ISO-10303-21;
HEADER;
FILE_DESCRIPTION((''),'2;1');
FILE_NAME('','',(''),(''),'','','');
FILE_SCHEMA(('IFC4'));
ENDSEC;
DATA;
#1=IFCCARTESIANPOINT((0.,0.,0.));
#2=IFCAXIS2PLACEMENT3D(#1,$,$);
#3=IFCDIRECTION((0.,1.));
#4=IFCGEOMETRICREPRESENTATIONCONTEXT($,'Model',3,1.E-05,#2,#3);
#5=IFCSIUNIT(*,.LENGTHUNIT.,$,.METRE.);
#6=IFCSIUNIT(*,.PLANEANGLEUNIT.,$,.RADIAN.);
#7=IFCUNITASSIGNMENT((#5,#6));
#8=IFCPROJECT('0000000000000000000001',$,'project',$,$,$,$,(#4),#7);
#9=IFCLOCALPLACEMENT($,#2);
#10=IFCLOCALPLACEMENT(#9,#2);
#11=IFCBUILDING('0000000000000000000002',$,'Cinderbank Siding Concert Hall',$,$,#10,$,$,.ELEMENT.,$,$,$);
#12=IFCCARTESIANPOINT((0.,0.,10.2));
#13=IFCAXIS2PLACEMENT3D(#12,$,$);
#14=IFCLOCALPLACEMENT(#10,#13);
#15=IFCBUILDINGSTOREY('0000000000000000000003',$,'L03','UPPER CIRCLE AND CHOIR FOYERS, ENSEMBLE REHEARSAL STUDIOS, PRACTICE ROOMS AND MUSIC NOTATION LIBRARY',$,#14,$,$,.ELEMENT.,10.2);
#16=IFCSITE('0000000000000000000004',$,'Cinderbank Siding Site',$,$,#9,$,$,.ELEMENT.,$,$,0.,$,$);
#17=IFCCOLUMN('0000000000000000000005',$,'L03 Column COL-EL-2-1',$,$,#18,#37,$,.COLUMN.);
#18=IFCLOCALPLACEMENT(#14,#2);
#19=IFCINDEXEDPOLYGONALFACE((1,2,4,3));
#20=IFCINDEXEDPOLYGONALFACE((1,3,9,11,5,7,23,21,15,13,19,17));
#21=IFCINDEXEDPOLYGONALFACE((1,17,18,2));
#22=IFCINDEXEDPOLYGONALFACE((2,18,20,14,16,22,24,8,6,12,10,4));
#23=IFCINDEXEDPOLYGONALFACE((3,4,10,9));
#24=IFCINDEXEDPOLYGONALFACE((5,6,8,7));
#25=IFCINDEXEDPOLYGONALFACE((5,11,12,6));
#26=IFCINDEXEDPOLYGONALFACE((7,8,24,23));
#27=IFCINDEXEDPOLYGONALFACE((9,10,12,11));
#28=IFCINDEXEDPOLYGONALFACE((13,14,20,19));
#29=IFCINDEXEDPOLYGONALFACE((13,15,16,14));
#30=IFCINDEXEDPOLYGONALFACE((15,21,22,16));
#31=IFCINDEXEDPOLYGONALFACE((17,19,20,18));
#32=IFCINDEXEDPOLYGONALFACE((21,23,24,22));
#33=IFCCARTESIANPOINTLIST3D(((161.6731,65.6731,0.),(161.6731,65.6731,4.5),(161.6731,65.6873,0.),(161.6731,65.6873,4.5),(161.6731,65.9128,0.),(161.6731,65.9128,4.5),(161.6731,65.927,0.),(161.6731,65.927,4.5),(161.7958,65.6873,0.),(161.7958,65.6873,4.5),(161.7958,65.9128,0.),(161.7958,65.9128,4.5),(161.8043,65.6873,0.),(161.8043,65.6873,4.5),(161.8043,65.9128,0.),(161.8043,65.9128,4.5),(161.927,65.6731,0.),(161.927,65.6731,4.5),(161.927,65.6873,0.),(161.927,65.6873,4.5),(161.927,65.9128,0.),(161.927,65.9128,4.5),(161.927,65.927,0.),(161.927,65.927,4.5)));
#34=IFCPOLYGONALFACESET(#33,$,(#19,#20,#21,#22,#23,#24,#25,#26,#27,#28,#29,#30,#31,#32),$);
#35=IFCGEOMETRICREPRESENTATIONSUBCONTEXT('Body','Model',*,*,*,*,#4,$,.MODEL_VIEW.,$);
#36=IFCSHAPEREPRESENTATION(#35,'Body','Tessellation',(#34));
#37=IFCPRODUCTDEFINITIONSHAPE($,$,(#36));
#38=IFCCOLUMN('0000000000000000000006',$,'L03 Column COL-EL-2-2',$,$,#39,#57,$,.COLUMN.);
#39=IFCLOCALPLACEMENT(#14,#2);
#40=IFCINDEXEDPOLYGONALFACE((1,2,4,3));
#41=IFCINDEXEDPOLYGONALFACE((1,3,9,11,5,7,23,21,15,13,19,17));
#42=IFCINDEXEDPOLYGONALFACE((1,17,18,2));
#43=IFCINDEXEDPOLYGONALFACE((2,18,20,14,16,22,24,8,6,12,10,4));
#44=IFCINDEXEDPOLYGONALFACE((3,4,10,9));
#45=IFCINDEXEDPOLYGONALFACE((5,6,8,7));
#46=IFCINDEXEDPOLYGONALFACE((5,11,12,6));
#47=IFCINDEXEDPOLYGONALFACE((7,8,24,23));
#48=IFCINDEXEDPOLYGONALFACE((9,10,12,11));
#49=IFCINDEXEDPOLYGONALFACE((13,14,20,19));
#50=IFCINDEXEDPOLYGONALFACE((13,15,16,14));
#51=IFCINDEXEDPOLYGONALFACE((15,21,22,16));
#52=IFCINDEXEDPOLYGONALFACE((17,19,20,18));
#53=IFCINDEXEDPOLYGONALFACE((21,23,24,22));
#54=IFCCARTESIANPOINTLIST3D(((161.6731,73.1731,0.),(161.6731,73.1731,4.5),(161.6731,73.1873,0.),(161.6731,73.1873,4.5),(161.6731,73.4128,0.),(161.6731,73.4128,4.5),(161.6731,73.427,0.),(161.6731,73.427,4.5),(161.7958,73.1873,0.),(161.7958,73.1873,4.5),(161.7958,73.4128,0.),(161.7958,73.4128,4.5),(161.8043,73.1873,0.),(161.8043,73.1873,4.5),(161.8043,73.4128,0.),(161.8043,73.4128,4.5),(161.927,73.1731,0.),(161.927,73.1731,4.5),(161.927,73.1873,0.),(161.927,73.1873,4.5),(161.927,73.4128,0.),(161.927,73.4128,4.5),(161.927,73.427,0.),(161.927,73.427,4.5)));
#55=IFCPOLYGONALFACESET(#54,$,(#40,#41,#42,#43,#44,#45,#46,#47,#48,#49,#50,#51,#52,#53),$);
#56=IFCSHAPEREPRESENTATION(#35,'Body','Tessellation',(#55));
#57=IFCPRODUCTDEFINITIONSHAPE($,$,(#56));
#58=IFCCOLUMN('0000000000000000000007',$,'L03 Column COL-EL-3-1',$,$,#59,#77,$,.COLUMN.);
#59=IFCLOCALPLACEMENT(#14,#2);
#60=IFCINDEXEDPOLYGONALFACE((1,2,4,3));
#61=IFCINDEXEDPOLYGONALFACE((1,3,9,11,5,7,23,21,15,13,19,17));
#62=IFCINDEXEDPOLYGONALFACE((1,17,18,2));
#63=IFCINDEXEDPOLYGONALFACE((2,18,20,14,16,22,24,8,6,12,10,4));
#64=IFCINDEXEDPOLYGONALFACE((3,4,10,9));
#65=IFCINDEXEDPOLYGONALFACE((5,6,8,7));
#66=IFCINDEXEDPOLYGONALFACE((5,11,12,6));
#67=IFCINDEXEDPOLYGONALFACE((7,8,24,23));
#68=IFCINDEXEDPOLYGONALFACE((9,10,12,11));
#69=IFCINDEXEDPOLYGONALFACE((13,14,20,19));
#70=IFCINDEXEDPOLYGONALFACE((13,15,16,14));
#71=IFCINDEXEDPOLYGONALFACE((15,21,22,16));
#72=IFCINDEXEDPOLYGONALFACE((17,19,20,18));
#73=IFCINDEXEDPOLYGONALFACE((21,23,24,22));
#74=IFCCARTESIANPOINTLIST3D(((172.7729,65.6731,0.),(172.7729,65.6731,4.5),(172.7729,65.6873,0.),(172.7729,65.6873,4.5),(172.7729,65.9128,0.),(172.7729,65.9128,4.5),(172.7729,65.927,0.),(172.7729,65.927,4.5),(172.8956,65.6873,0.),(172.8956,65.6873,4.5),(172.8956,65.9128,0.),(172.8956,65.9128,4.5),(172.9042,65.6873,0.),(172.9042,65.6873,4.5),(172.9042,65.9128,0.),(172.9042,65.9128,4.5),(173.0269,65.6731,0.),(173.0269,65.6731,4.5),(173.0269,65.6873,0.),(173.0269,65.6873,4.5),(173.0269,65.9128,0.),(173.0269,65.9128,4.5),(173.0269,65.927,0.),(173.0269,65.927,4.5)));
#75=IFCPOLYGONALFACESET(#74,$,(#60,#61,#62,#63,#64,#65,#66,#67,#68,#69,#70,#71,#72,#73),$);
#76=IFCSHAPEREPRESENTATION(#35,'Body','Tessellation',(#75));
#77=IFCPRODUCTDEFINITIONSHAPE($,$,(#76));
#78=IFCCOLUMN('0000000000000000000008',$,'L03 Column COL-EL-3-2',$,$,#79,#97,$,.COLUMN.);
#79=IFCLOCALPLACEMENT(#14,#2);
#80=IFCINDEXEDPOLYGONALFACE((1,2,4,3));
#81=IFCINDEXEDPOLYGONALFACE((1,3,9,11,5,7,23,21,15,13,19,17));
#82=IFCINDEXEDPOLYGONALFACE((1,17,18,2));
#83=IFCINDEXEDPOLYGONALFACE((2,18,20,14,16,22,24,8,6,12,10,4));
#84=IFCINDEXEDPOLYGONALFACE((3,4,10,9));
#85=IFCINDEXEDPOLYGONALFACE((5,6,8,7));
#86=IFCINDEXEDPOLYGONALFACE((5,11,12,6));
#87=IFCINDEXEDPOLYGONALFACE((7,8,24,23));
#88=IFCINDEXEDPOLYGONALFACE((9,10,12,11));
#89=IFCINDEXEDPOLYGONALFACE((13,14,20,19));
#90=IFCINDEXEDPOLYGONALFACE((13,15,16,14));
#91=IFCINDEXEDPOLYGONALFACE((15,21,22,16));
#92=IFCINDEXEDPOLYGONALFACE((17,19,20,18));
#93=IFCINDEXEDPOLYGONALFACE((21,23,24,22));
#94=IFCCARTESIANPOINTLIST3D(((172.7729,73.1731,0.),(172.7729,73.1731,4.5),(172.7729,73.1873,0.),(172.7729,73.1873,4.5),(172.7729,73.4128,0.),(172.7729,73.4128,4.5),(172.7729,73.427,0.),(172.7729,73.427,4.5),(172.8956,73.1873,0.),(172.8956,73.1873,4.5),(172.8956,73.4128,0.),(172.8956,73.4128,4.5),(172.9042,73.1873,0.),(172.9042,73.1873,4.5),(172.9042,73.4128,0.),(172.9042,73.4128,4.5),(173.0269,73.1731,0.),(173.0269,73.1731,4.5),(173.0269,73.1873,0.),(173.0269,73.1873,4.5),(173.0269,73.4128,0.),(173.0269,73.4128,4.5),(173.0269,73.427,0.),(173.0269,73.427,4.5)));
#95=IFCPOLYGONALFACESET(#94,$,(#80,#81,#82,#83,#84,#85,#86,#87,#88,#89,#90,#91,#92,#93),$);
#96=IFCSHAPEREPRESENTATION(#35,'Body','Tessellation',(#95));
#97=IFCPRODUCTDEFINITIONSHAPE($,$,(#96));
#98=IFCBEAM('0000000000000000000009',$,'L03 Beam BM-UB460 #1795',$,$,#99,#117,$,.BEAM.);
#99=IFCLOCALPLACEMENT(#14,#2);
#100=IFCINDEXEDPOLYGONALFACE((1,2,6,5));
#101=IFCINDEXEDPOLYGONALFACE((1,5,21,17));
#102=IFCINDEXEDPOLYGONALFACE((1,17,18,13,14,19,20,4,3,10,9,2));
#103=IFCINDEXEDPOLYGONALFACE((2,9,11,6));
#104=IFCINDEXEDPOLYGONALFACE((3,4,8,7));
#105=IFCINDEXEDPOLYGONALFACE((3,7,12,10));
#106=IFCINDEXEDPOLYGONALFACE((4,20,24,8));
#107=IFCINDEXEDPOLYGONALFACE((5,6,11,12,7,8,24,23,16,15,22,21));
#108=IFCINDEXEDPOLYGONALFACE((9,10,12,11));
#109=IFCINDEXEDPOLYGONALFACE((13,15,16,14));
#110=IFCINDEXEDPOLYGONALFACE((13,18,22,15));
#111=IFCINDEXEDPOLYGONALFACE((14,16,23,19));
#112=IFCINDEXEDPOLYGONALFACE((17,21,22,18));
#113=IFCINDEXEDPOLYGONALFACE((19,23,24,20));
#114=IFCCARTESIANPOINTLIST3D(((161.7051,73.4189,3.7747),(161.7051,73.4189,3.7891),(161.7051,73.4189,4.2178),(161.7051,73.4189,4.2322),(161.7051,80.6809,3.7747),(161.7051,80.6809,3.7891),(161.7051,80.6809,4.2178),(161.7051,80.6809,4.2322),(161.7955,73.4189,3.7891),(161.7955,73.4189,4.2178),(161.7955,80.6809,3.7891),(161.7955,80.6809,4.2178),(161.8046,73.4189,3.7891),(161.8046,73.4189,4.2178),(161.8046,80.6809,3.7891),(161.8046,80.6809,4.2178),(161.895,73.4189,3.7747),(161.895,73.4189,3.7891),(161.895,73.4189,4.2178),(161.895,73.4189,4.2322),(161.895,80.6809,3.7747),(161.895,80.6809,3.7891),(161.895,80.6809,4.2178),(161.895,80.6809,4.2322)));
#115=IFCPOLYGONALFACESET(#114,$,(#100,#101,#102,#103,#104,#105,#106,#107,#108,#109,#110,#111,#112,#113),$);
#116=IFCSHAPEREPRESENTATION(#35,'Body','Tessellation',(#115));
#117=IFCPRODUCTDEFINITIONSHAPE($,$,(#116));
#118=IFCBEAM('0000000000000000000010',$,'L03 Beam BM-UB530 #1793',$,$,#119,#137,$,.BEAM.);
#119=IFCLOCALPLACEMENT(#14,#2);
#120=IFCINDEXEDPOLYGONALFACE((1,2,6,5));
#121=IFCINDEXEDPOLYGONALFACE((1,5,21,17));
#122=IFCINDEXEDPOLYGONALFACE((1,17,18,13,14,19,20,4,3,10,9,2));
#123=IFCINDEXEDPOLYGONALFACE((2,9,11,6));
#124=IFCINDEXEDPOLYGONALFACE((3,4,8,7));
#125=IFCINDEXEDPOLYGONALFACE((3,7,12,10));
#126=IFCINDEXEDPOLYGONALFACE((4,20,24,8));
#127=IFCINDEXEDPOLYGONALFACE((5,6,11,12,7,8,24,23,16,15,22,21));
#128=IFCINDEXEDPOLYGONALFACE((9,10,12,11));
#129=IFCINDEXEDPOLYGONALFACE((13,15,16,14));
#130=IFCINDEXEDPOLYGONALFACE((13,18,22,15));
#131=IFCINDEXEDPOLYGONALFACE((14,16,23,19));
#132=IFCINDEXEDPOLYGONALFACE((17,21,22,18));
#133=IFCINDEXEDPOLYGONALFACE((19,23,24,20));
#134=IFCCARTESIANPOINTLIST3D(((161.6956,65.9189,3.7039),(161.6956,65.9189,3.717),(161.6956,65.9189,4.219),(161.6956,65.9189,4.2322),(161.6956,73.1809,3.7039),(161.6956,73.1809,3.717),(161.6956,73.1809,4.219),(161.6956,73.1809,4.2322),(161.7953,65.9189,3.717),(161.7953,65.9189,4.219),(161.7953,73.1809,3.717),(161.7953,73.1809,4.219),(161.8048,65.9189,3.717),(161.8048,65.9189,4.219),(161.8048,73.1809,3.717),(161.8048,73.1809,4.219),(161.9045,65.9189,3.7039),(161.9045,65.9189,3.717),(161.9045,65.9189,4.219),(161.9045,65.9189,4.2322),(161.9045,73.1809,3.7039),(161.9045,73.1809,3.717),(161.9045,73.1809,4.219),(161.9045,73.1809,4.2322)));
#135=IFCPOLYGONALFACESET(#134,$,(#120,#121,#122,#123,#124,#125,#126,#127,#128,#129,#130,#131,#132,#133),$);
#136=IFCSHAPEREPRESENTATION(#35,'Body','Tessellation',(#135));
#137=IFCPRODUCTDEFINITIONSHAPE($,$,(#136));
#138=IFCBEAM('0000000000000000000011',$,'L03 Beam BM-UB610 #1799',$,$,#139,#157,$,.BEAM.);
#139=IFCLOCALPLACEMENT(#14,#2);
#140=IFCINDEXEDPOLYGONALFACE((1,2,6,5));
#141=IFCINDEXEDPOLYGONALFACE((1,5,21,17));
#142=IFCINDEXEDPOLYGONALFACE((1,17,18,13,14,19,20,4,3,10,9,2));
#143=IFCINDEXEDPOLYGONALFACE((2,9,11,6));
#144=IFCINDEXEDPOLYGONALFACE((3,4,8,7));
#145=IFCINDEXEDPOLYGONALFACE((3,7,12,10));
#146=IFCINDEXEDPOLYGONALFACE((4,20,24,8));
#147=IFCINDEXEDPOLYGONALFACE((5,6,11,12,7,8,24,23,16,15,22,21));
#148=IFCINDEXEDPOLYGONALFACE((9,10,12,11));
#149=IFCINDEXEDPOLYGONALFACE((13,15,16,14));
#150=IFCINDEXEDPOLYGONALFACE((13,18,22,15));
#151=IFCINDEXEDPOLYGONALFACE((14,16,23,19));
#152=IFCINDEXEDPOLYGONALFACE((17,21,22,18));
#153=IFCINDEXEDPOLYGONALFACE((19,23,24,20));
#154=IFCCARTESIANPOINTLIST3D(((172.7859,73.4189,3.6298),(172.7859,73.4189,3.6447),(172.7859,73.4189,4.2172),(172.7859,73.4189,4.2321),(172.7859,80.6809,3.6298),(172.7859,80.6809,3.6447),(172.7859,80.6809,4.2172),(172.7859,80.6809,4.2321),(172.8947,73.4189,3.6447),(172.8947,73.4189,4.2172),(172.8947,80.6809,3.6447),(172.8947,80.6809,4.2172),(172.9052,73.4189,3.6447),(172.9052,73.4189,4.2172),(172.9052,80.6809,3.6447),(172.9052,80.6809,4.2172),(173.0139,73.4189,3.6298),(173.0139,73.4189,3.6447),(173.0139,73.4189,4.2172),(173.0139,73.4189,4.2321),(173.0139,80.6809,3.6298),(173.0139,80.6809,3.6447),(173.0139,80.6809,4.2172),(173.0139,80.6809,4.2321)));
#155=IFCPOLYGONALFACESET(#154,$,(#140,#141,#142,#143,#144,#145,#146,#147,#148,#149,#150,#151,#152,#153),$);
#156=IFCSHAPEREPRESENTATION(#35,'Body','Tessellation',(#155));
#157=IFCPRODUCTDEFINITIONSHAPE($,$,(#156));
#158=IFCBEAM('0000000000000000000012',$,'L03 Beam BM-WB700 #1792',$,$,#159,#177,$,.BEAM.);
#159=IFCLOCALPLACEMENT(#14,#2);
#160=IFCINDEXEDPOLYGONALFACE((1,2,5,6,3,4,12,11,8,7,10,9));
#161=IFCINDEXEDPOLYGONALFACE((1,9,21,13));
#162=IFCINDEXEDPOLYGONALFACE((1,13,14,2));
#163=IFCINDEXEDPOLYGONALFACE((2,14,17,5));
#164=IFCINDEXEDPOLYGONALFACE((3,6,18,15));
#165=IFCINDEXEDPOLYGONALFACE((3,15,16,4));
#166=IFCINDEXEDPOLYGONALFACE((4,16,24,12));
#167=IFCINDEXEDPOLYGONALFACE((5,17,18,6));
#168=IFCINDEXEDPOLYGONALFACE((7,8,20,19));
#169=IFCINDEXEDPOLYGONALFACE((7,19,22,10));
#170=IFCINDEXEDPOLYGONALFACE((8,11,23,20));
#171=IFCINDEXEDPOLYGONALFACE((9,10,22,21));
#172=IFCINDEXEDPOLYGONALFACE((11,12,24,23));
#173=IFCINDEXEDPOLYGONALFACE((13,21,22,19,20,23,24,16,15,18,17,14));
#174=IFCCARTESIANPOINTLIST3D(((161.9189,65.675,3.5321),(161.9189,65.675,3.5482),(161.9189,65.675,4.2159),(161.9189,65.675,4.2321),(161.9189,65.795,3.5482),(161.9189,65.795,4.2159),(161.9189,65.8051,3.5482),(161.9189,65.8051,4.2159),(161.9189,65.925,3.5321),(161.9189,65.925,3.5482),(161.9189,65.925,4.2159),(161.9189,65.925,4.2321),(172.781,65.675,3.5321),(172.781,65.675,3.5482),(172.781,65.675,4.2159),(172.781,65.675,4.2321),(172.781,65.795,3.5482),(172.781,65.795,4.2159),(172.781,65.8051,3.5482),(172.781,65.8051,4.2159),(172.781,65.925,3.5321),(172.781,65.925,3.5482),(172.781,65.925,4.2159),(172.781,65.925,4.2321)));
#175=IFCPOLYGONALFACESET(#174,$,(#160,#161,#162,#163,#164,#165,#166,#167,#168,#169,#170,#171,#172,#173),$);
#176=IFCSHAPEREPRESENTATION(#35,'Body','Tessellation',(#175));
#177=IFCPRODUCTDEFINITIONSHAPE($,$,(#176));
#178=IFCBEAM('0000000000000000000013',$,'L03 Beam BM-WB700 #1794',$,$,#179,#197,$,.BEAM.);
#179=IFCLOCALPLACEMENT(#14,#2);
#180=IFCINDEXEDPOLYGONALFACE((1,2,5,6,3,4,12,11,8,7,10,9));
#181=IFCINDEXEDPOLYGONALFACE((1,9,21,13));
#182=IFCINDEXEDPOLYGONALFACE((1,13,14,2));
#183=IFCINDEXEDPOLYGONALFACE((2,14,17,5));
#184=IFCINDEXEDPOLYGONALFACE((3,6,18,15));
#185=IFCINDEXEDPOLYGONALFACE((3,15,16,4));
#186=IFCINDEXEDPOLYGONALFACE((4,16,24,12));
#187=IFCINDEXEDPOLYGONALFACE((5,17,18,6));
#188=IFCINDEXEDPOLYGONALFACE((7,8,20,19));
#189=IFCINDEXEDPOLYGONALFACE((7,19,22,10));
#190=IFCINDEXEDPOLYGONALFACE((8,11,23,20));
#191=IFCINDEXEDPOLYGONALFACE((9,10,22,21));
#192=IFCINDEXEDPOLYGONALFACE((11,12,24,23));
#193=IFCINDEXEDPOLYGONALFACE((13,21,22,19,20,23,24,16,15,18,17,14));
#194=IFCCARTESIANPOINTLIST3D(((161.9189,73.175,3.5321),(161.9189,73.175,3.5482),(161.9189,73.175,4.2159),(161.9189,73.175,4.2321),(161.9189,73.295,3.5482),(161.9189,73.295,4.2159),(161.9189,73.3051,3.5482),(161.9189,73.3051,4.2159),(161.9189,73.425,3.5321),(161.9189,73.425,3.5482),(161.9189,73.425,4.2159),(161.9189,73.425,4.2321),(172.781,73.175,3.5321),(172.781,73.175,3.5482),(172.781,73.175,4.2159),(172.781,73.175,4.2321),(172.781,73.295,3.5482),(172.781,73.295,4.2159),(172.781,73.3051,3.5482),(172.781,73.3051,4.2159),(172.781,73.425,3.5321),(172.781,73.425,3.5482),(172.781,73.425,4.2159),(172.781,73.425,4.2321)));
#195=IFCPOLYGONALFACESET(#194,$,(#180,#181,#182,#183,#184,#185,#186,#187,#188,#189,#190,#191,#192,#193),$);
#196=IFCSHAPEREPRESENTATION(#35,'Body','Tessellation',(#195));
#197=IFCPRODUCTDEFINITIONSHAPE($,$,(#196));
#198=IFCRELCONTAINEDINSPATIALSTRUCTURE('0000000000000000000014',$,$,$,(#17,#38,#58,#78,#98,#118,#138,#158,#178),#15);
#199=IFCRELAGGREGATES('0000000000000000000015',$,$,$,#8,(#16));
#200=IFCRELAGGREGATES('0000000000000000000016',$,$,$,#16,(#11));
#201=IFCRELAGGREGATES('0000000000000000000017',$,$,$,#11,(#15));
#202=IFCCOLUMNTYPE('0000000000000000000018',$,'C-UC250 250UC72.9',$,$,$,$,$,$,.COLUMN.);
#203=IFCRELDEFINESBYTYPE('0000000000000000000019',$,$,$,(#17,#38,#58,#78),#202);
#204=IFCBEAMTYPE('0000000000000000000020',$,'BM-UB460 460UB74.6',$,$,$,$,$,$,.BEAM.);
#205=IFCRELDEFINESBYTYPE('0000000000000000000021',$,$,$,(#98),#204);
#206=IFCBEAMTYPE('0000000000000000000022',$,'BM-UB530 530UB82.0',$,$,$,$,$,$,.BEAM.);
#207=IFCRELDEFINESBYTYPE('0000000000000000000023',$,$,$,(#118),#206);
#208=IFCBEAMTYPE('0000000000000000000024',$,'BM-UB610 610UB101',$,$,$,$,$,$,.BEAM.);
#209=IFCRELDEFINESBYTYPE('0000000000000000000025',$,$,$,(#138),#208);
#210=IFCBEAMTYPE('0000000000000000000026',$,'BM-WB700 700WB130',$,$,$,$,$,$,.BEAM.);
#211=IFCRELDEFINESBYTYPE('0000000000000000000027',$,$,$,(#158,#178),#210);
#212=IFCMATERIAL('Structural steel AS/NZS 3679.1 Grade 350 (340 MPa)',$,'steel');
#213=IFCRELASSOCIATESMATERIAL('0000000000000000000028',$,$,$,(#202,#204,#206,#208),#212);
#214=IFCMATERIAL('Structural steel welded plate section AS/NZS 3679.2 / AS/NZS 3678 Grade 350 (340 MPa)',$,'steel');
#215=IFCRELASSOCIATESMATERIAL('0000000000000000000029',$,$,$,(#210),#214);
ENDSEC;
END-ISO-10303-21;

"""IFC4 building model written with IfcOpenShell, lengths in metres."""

from ifc_helpers import new_model, si_unit, direction, frame, origin, origin_2d, place, context, subcontext, project, spatial, i_section, extrude, material, material_profile, profile_set, type_object, element, save


model = new_model("IFC4")

# Units and contexts
model_context = context("Model", 3, precision=1e-05, world=origin(), true_north=direction((0.0, 1.0)))
body_context = subcontext(model_context, "Body", "Model", "MODEL_VIEW")
ifc_project = project(units=[si_unit("LENGTHUNIT", "METRE"), si_unit("PLANEANGLEUNIT", "RADIAN")], contexts=[model_context])

# Site, building, storey
site_placement = place(None, origin())
site = spatial("IfcSite", under=ifc_project, at=site_placement, Name="Cinderbank Siding Site", CompositionType="ELEMENT", RefElevation=0.0)
building_placement = place(site_placement, origin())
building = spatial("IfcBuilding", under=site, at=building_placement, Name="Cinderbank Siding Concert Hall", CompositionType="ELEMENT")
storey_placement = place(building_placement, frame((0.0, 0.0, 10.2)))
storey = spatial("IfcBuildingStorey", under=building, at=storey_placement, Name="L03", Description="UPPER CIRCLE AND CHOIR FOYERS, ENSEMBLE REHEARSAL STUDIOS, PRACTICE ROOMS AND MUSIC NOTATION LIBRARY", CompositionType="ELEMENT", Elevation=10.2)

# Columns
ifc_material_1 = material(Name="Structural steel AS/NZS 3679.1 Grade 350 (340 MPa)", Category="steel")
ifc_material_profile_1 = material_profile(ifc_material_1, i_section(OverallWidth=0.2539, OverallDepth=0.2539, WebThickness=0.0085, FlangeThickness=0.0142, at=origin_2d()), Name="250UC72.9", Category="LoadBearing")
ifc_profile_set_1 = profile_set([ifc_material_profile_1], Name="Structural steel AS/NZS 3679.1 Grade 350 (340 MPa)")
column_type = type_object("IfcColumnType", Name="C-UC250 250UC72.9", PredefinedType="COLUMN", material=ifc_profile_set_1)
for number, where, z_axis, x_axis, name in (
    (1, (161.8, 65.8, 0.0), (0.0, 0.0, 1.0), (1.0, 0.0, 0.0), "L03 Column COL-EL-2-1"),
    (2, (161.8, 73.3, 0.0), (0.0, 0.0, 1.0), (1.0, 0.0, 0.0), "L03 Column COL-EL-2-2"),
    (3, (172.8999, 65.8, 0.0), (0.0, 0.0, 1.0), (1.0, 0.0, 0.0), "L03 Column COL-EL-3-1"),
    (4, (172.8999, 73.3, 0.0), (0.0, 0.0, 1.0), (1.0, 0.0, 0.0), "L03 Column COL-EL-3-2"),
):
    element("IfcColumn", number, at=place(storey_placement, frame(where, z_axis=z_axis, x_axis=x_axis)), inside=storey, type_object=column_type, Name=name, PredefinedType="COLUMN", context=body_context, shape_type="SweptSolid", body=[
        extrude(i_section(OverallWidth=0.2539, OverallDepth=0.2539, WebThickness=0.0085, FlangeThickness=0.0142, at=origin_2d()), origin(), (0.0, 0.0, 1.0), 4.5),
    ])

# Beams
ifc_material_profile_2 = material_profile(ifc_material_1, i_section(OverallWidth=0.1899, OverallDepth=0.4575, WebThickness=0.009, FlangeThickness=0.0144, at=origin_2d()), Name="460UB74.6", Category="LoadBearing")
ifc_profile_set_2 = profile_set([ifc_material_profile_2], Name="Structural steel AS/NZS 3679.1 Grade 350 (340 MPa)")
beam_type_1 = type_object("IfcBeamType", Name="BM-UB460 460UB74.6", PredefinedType="BEAM", material=ifc_profile_set_2)
beam_1_placement = place(storey_placement, frame((161.8, 73.4189, 4.0034), z_axis=(0.0, 1.0, 0.0), x_axis=(-1.0, 0.0, 0.0)))
element("IfcBeam", 5, at=beam_1_placement, inside=storey, type_object=beam_type_1, Name="L03 Beam BM-UB460 #1795", PredefinedType="BEAM", context=body_context, shape_type="SweptSolid", body=[
    extrude(i_section(OverallWidth=0.1899, OverallDepth=0.4575, WebThickness=0.009, FlangeThickness=0.0144, at=origin_2d()), origin(), (0.0, 0.0, 1.0), 7.262),
])
ifc_material_profile_3 = material_profile(ifc_material_1, i_section(OverallWidth=0.209, OverallDepth=0.5283, WebThickness=0.0095, FlangeThickness=0.0132, at=origin_2d()), Name="530UB82.0", Category="LoadBearing")
ifc_profile_set_3 = profile_set([ifc_material_profile_3], Name="Structural steel AS/NZS 3679.1 Grade 350 (340 MPa)")
beam_type_2 = type_object("IfcBeamType", Name="BM-UB530 530UB82.0", PredefinedType="BEAM", material=ifc_profile_set_3)
beam_2_placement = place(storey_placement, frame((161.8, 65.9189, 3.968), z_axis=(0.0, 1.0, 0.0), x_axis=(-1.0, 0.0, 0.0)))
element("IfcBeam", 6, at=beam_2_placement, inside=storey, type_object=beam_type_2, Name="L03 Beam BM-UB530 #1793", PredefinedType="BEAM", context=body_context, shape_type="SweptSolid", body=[
    extrude(i_section(OverallWidth=0.209, OverallDepth=0.5283, WebThickness=0.0095, FlangeThickness=0.0132, at=origin_2d()), origin(), (0.0, 0.0, 1.0), 7.262),
])
ifc_material_profile_4 = material_profile(ifc_material_1, i_section(OverallWidth=0.228, OverallDepth=0.6023, WebThickness=0.0105, FlangeThickness=0.0149, at=origin_2d()), Name="610UB101", Category="LoadBearing")
ifc_profile_set_4 = profile_set([ifc_material_profile_4], Name="Structural steel AS/NZS 3679.1 Grade 350 (340 MPa)")
beam_type_3 = type_object("IfcBeamType", Name="BM-UB610 610UB101", PredefinedType="BEAM", material=ifc_profile_set_4)
beam_3_placement = place(storey_placement, frame((172.8999, 73.4189, 3.9309), z_axis=(0.0, 1.0, 0.0), x_axis=(-1.0, 0.0, 0.0)))
element("IfcBeam", 7, at=beam_3_placement, inside=storey, type_object=beam_type_3, Name="L03 Beam BM-UB610 #1799", PredefinedType="BEAM", context=body_context, shape_type="SweptSolid", body=[
    extrude(i_section(OverallWidth=0.228, OverallDepth=0.6023, WebThickness=0.0105, FlangeThickness=0.0149, at=origin_2d()), origin(), (0.0, 0.0, 1.0), 7.262),
])
ifc_material_2 = material(Name="Structural steel welded plate section AS/NZS 3679.2 / AS/NZS 3678 Grade 350 (340 MPa)", Category="steel")
ifc_material_profile_5 = material_profile(ifc_material_2, i_section(OverallWidth=0.25, OverallDepth=0.7, WebThickness=0.01, FlangeThickness=0.0161, at=origin_2d()), Name="700WB130", Category="LoadBearing")
ifc_profile_set_5 = profile_set([ifc_material_profile_5], Name="Structural steel welded plate section AS/NZS 3679.2 / AS/NZS 3678 Grade 350 (340 MPa)")
beam_type_4 = type_object("IfcBeamType", Name="BM-WB700 700WB130", PredefinedType="BEAM", material=ifc_profile_set_5)
for number, where, z_axis, x_axis, name in (
    (8, (161.9189, 65.8, 3.8821), (1.0, 0.0, 0.0), (0.0, 1.0, 0.0), "L03 Beam BM-WB700 #1792"),
    (9, (161.9189, 73.3, 3.8821), (1.0, 0.0, 0.0), (0.0, 1.0, 0.0), "L03 Beam BM-WB700 #1794"),
):
    element("IfcBeam", number, at=place(storey_placement, frame(where, z_axis=z_axis, x_axis=x_axis)), inside=storey, type_object=beam_type_4, Name=name, PredefinedType="BEAM", context=body_context, shape_type="SweptSolid", body=[
        extrude(i_section(OverallWidth=0.25, OverallDepth=0.7, WebThickness=0.01, FlangeThickness=0.0161, at=origin_2d()), origin(), (0.0, 0.0, 1.0), 10.8621),
    ])

save(model, "model.ifc")
